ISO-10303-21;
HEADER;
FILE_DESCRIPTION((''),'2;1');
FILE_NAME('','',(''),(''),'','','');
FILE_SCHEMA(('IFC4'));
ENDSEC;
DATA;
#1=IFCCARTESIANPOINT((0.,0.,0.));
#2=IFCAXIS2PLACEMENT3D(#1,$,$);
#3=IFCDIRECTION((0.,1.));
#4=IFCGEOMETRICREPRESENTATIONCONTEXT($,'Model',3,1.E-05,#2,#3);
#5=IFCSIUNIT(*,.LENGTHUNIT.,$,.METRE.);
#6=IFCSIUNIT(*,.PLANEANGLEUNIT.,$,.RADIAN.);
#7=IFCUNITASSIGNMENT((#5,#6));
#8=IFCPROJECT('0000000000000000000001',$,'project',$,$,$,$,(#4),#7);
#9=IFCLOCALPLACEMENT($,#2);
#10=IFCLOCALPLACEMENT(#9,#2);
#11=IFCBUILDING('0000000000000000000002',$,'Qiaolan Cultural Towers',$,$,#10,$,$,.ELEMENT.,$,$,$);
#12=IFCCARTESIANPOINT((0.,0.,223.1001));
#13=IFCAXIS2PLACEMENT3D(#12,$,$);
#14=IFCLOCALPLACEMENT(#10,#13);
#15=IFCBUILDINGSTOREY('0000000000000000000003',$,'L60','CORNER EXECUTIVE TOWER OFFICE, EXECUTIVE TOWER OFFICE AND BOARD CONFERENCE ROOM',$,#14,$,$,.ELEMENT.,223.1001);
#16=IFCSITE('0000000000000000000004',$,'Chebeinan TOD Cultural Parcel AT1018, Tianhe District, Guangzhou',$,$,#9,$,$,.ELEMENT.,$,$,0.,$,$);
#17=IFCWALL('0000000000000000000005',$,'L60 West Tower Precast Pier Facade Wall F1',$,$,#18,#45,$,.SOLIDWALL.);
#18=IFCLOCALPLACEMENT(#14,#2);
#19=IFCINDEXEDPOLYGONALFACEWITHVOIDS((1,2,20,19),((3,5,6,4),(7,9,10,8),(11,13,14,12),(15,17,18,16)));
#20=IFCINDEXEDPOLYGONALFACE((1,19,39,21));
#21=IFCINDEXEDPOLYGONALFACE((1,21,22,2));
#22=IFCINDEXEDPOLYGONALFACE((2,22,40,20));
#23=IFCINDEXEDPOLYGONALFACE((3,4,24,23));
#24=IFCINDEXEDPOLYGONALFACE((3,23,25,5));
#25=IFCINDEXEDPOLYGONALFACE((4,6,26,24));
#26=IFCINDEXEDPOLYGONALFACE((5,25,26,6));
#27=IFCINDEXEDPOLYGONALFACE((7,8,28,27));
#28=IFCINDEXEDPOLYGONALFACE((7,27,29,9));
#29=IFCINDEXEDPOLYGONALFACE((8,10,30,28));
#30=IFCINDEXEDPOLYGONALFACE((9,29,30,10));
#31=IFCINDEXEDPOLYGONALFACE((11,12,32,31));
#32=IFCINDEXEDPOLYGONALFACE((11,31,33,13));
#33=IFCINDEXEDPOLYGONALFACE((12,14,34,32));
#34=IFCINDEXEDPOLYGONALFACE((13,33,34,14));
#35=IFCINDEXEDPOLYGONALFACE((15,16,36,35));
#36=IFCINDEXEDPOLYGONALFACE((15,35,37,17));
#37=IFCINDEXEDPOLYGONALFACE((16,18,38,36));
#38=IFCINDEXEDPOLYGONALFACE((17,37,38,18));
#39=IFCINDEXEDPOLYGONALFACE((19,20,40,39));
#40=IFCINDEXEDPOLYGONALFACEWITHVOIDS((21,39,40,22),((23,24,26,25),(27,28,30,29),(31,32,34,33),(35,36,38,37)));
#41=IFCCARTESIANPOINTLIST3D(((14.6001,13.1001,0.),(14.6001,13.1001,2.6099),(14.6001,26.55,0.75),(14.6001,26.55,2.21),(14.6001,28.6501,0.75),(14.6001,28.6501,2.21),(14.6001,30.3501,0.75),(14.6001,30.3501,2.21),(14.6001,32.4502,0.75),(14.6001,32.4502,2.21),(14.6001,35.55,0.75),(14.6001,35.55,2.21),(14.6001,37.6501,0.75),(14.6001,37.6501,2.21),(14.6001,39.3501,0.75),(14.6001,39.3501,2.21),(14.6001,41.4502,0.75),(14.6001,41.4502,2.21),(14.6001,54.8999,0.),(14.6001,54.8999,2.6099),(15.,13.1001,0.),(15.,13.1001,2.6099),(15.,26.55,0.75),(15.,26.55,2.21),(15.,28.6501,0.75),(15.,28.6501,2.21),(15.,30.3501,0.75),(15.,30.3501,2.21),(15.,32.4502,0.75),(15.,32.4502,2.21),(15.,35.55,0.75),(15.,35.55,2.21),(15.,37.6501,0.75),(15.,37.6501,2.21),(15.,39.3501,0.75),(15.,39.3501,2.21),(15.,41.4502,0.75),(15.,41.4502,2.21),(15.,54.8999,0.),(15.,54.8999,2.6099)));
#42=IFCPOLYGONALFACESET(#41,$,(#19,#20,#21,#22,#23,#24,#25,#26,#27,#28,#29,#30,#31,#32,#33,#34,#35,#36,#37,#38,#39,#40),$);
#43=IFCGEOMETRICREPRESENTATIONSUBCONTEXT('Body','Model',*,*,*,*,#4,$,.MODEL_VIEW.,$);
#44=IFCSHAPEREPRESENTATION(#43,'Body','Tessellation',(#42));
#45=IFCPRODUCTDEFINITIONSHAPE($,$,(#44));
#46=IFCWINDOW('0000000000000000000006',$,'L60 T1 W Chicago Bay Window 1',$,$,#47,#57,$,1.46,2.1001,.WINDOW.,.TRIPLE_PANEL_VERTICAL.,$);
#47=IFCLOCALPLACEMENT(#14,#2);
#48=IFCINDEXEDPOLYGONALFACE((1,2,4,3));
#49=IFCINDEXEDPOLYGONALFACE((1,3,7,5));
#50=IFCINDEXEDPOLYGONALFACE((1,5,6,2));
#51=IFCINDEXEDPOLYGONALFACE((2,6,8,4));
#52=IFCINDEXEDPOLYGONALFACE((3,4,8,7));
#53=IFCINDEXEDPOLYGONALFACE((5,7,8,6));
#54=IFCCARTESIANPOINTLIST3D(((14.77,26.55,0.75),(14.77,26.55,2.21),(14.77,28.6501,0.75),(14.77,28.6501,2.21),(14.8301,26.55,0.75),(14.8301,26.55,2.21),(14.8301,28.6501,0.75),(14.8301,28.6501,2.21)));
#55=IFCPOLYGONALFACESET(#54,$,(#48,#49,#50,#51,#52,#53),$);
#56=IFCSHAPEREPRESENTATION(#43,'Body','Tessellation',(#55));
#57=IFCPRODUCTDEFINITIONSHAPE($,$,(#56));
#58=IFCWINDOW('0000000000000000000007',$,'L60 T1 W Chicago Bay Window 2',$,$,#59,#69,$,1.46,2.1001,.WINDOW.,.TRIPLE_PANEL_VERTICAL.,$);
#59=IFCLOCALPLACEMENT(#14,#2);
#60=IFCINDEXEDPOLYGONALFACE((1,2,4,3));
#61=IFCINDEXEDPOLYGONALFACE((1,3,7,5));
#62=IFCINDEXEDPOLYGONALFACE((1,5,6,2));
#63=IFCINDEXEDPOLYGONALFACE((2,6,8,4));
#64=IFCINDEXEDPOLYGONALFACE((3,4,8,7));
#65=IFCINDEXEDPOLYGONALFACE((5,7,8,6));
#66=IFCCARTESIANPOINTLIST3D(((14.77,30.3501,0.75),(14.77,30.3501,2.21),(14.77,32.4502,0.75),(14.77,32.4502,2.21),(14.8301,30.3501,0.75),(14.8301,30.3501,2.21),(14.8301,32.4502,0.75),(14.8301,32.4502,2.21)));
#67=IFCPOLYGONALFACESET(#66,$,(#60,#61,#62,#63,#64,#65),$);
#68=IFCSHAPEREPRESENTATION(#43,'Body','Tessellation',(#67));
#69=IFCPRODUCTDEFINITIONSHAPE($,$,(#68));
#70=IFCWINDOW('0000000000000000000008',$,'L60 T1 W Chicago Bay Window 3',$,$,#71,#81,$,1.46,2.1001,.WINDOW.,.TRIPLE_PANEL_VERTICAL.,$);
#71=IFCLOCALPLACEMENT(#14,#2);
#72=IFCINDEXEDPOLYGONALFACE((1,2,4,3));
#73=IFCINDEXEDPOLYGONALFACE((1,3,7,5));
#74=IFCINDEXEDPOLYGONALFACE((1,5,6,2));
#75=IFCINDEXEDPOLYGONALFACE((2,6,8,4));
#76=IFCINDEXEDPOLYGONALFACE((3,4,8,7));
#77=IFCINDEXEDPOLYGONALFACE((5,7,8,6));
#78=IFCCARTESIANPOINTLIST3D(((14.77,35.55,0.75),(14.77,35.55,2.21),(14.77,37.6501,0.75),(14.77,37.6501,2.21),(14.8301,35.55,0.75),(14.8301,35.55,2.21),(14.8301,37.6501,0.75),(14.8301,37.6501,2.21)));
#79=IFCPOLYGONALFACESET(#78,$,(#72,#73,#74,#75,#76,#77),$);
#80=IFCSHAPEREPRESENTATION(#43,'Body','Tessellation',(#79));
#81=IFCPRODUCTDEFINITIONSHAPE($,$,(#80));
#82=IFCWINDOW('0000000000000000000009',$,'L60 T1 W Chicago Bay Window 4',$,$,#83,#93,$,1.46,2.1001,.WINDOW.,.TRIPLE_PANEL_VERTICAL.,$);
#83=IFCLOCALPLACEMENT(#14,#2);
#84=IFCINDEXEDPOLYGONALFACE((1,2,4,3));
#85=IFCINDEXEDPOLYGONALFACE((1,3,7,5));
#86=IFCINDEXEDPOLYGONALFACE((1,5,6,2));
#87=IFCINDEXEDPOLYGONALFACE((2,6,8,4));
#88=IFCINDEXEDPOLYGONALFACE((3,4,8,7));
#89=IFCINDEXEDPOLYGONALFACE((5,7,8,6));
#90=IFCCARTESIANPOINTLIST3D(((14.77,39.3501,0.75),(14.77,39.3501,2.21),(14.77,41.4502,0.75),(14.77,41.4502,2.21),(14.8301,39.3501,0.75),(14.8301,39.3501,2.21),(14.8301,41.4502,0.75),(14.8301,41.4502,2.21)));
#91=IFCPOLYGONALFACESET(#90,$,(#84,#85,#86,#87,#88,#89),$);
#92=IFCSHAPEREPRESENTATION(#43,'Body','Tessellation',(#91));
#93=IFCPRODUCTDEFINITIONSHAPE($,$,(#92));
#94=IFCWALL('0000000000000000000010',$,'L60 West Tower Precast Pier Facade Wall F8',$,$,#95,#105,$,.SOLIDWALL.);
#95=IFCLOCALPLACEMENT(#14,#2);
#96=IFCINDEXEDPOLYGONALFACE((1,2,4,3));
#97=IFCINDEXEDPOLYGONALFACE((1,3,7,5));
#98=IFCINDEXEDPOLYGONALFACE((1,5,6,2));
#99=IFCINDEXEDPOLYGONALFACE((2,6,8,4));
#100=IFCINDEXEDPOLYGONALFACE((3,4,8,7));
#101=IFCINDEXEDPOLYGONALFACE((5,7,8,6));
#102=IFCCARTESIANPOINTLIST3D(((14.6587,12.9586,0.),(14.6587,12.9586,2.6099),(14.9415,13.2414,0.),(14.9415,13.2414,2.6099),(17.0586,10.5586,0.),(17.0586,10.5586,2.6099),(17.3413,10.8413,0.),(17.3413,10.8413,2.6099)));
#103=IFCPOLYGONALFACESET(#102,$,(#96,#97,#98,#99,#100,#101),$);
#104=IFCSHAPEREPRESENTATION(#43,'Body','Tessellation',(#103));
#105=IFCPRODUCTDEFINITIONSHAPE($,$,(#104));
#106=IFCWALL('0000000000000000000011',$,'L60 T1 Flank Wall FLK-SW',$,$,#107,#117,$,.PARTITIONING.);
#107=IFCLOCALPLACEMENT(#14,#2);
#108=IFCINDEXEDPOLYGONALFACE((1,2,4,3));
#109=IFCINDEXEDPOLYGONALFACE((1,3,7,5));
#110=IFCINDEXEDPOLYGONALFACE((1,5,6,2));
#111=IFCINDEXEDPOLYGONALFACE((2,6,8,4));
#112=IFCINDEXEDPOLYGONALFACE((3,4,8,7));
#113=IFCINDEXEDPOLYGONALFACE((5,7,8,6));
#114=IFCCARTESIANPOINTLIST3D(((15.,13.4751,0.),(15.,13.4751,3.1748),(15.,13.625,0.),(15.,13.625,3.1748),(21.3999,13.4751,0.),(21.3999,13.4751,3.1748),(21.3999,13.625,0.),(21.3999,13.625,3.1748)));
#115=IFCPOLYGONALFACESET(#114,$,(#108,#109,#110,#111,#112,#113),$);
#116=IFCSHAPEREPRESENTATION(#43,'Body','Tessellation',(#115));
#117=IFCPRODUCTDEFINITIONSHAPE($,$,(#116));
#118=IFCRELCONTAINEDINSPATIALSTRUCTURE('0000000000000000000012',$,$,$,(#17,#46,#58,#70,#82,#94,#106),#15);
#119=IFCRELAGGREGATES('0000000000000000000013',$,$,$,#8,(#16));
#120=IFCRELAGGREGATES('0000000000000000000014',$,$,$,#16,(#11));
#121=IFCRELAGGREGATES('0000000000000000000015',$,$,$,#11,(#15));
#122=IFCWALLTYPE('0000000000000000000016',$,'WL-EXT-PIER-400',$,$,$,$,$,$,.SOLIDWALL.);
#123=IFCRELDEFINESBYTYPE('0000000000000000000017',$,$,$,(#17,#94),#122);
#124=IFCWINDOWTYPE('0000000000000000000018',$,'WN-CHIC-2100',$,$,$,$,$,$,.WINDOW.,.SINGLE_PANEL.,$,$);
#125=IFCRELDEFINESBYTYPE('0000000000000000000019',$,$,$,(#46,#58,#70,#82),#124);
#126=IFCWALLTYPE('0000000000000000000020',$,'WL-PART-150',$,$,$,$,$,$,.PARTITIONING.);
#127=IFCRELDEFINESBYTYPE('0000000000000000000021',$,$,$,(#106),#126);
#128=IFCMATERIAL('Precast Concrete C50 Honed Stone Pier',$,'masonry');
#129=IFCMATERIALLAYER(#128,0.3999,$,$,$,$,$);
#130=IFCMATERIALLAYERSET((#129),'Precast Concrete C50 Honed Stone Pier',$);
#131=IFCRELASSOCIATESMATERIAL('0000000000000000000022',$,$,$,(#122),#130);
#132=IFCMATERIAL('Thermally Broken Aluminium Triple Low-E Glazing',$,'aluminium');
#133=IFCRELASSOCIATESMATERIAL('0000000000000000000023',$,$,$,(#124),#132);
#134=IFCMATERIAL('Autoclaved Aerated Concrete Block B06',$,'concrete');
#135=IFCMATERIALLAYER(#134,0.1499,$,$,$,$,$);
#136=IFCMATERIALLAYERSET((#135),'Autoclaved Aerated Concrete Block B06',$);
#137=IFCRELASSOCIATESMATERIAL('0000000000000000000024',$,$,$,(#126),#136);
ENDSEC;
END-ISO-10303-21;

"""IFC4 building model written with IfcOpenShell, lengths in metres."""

from ifc_helpers import new_model, si_unit, direction, frame, frame_2d, origin, place, context, subcontext, project, spatial, rectangle, extrude, material, layer, layer_set, type_object, element, fill, save


model = new_model("IFC4")

# Units and contexts
model_context = context("Model", 3, precision=1e-05, world=origin(), true_north=direction((0.0, 1.0)))
body_context = subcontext(model_context, "Body", "Model", "MODEL_VIEW")
ifc_project = project(units=[si_unit("LENGTHUNIT", "METRE"), si_unit("PLANEANGLEUNIT", "RADIAN")], contexts=[model_context])

# Site, building, storey
site_placement = place(None, origin())
site = spatial("IfcSite", under=ifc_project, at=site_placement, Name="Chebeinan TOD Cultural Parcel AT1018, Tianhe District, Guangzhou", CompositionType="ELEMENT", RefElevation=0.0)
building_placement = place(site_placement, origin())
building = spatial("IfcBuilding", under=site, at=building_placement, Name="Qiaolan Cultural Towers", CompositionType="ELEMENT")
storey_placement = place(building_placement, frame((0.0, 0.0, 223.1001)))
storey = spatial("IfcBuildingStorey", under=building, at=storey_placement, Name="L60", Description="CORNER EXECUTIVE TOWER OFFICE, EXECUTIVE TOWER OFFICE AND BOARD CONFERENCE ROOM", CompositionType="ELEMENT", Elevation=223.1001)

# Wall, openings, windows
ifc_material_1 = material(Name="Precast Concrete C50 Honed Stone Pier", Category="masonry")
ifc_layer_1 = layer(ifc_material_1, 0.3999)
ifc_layer_set_1 = layer_set([ifc_layer_1], Name="Precast Concrete C50 Honed Stone Pier")
wall_type_1 = type_object("IfcWallType", Name="WL-EXT-PIER-400", PredefinedType="SOLIDWALL", material=ifc_layer_set_1)
wall_1_placement = place(storey_placement, frame((14.8, 13.1001, 0.0), z_axis=(0.0, 0.0, 1.0), x_axis=(0.0, 1.0, 0.0)))
wall_1 = element("IfcWall", 1, at=wall_1_placement, inside=storey, type_object=wall_type_1, Name="L60 West Tower Precast Pier Facade Wall F1", PredefinedType="SOLIDWALL", context=body_context, shape_type="SweptSolid", body=[
    extrude(rectangle(XDim=41.7998, YDim=0.3999, at=frame_2d((20.8999, 0.0))), origin(), (0.0, 0.0, 1.0), 2.6099),
])
opening_1_placement = place(wall_1_placement, frame((13.45, 0.0, 0.75)))
opening_1 = element("IfcOpeningElement", 2, at=opening_1_placement, cuts=wall_1, PredefinedType="OPENING", context=body_context, shape_type="SweptSolid", body=[
    extrude(rectangle(XDim=2.1001, YDim=1.46, at=frame_2d((1.05, 0.73))), frame((0.0, 0.21, 0.0), z_axis=(0.0, -1.0, 0.0), x_axis=(1.0, 0.0, 0.0)), (0.0, 0.0, 1.0), 0.4199),
])
opening_2_placement = place(wall_1_placement, frame((17.25, 0.0, 0.75)))
opening_2 = element("IfcOpeningElement", 3, at=opening_2_placement, cuts=wall_1, PredefinedType="OPENING", context=body_context, shape_type="SweptSolid", body=[
    extrude(rectangle(XDim=2.1001, YDim=1.46, at=frame_2d((1.05, 0.73))), frame((0.0, 0.21, 0.0), z_axis=(0.0, -1.0, 0.0), x_axis=(1.0, 0.0, 0.0)), (0.0, 0.0, 1.0), 0.4199),
])
opening_3_placement = place(wall_1_placement, frame((22.45, 0.0, 0.75)))
opening_3 = element("IfcOpeningElement", 4, at=opening_3_placement, cuts=wall_1, PredefinedType="OPENING", context=body_context, shape_type="SweptSolid", body=[
    extrude(rectangle(XDim=2.1001, YDim=1.46, at=frame_2d((1.05, 0.73))), frame((0.0, 0.21, 0.0), z_axis=(0.0, -1.0, 0.0), x_axis=(1.0, 0.0, 0.0)), (0.0, 0.0, 1.0), 0.4199),
])
opening_4_placement = place(wall_1_placement, frame((26.25, 0.0, 0.75)))
opening_4 = element("IfcOpeningElement", 5, at=opening_4_placement, cuts=wall_1, PredefinedType="OPENING", context=body_context, shape_type="SweptSolid", body=[
    extrude(rectangle(XDim=2.1001, YDim=1.46, at=frame_2d((1.05, 0.73))), frame((0.0, 0.21, 0.0), z_axis=(0.0, -1.0, 0.0), x_axis=(1.0, 0.0, 0.0)), (0.0, 0.0, 1.0), 0.4199),
])
ifc_material_2 = material(Name="Thermally Broken Aluminium Triple Low-E Glazing", Category="aluminium")
window_type = type_object("IfcWindowType", Name="WN-CHIC-2100", PartitioningType="SINGLE_PANEL", PredefinedType="WINDOW", material=ifc_material_2)
window_1_placement = place(opening_1_placement, origin())
window_1 = element("IfcWindow", 6, at=window_1_placement, inside=storey, type_object=window_type, Name="L60 T1 W Chicago Bay Window 1", OverallHeight=1.46, OverallWidth=2.1001, PartitioningType="TRIPLE_PANEL_VERTICAL", PredefinedType="WINDOW", context=body_context, shape_type="SweptSolid", body=[
    extrude(rectangle(XDim=2.1001, YDim=1.46, at=frame_2d((1.05, 0.73))), frame((0.0, 0.03, 0.0), z_axis=(0.0, -1.0, 0.0), x_axis=(1.0, 0.0, 0.0)), (0.0, 0.0, 1.0), 0.0601),
])
fill(opening_1, window_1)
window_2_placement = place(opening_2_placement, origin())
window_2 = element("IfcWindow", 7, at=window_2_placement, inside=storey, type_object=window_type, Name="L60 T1 W Chicago Bay Window 2", OverallHeight=1.46, OverallWidth=2.1001, PartitioningType="TRIPLE_PANEL_VERTICAL", PredefinedType="WINDOW", context=body_context, shape_type="SweptSolid", body=[
    extrude(rectangle(XDim=2.1001, YDim=1.46, at=frame_2d((1.05, 0.73))), frame((0.0, 0.03, 0.0), z_axis=(0.0, -1.0, 0.0), x_axis=(1.0, 0.0, 0.0)), (0.0, 0.0, 1.0), 0.0601),
])
fill(opening_2, window_2)
window_3_placement = place(opening_3_placement, origin())
window_3 = element("IfcWindow", 8, at=window_3_placement, inside=storey, type_object=window_type, Name="L60 T1 W Chicago Bay Window 3", OverallHeight=1.46, OverallWidth=2.1001, PartitioningType="TRIPLE_PANEL_VERTICAL", PredefinedType="WINDOW", context=body_context, shape_type="SweptSolid", body=[
    extrude(rectangle(XDim=2.1001, YDim=1.46, at=frame_2d((1.05, 0.73))), frame((0.0, 0.03, 0.0), z_axis=(0.0, -1.0, 0.0), x_axis=(1.0, 0.0, 0.0)), (0.0, 0.0, 1.0), 0.0601),
])
fill(opening_3, window_3)
window_4_placement = place(opening_4_placement, origin())
window_4 = element("IfcWindow", 9, at=window_4_placement, inside=storey, type_object=window_type, Name="L60 T1 W Chicago Bay Window 4", OverallHeight=1.46, OverallWidth=2.1001, PartitioningType="TRIPLE_PANEL_VERTICAL", PredefinedType="WINDOW", context=body_context, shape_type="SweptSolid", body=[
    extrude(rectangle(XDim=2.1001, YDim=1.46, at=frame_2d((1.05, 0.73))), frame((0.0, 0.03, 0.0), z_axis=(0.0, -1.0, 0.0), x_axis=(1.0, 0.0, 0.0)), (0.0, 0.0, 1.0), 0.0601),
])
fill(opening_4, window_4)

# Walls
wall_2_placement = place(storey_placement, frame((17.2, 10.7, 0.0), z_axis=(0.0, 0.0, 1.0), x_axis=(-0.707071, 0.707143, 0.0)))
element("IfcWall", 10, at=wall_2_placement, inside=storey, type_object=wall_type_1, Name="L60 West Tower Precast Pier Facade Wall F8", PredefinedType="SOLIDWALL", context=body_context, shape_type="SweptSolid", body=[
    extrude(rectangle(XDim=3.394, YDim=0.3999, at=frame_2d((1.697, 0.0))), origin(), (0.0, 0.0, 1.0), 2.6099),
])
ifc_material_3 = material(Name="Autoclaved Aerated Concrete Block B06", Category="concrete")
ifc_layer_2 = layer(ifc_material_3, 0.1499)
ifc_layer_set_2 = layer_set([ifc_layer_2], Name="Autoclaved Aerated Concrete Block B06")
wall_type_2 = type_object("IfcWallType", Name="WL-PART-150", PredefinedType="PARTITIONING", material=ifc_layer_set_2)
wall_3_placement = place(storey_placement, frame((15.0, 13.55, 0.0), z_axis=(0.0, 0.0, 1.0), x_axis=(1.0, 0.0, 0.0)))
element("IfcWall", 11, at=wall_3_placement, inside=storey, type_object=wall_type_2, Name="L60 T1 Flank Wall FLK-SW", PredefinedType="PARTITIONING", context=body_context, shape_type="SweptSolid", body=[
    extrude(rectangle(XDim=6.3999, YDim=0.1499, at=frame_2d((3.2, 0.0))), origin(), (0.0, 0.0, 1.0), 3.1748),
])

save(model, "model.ifc")
